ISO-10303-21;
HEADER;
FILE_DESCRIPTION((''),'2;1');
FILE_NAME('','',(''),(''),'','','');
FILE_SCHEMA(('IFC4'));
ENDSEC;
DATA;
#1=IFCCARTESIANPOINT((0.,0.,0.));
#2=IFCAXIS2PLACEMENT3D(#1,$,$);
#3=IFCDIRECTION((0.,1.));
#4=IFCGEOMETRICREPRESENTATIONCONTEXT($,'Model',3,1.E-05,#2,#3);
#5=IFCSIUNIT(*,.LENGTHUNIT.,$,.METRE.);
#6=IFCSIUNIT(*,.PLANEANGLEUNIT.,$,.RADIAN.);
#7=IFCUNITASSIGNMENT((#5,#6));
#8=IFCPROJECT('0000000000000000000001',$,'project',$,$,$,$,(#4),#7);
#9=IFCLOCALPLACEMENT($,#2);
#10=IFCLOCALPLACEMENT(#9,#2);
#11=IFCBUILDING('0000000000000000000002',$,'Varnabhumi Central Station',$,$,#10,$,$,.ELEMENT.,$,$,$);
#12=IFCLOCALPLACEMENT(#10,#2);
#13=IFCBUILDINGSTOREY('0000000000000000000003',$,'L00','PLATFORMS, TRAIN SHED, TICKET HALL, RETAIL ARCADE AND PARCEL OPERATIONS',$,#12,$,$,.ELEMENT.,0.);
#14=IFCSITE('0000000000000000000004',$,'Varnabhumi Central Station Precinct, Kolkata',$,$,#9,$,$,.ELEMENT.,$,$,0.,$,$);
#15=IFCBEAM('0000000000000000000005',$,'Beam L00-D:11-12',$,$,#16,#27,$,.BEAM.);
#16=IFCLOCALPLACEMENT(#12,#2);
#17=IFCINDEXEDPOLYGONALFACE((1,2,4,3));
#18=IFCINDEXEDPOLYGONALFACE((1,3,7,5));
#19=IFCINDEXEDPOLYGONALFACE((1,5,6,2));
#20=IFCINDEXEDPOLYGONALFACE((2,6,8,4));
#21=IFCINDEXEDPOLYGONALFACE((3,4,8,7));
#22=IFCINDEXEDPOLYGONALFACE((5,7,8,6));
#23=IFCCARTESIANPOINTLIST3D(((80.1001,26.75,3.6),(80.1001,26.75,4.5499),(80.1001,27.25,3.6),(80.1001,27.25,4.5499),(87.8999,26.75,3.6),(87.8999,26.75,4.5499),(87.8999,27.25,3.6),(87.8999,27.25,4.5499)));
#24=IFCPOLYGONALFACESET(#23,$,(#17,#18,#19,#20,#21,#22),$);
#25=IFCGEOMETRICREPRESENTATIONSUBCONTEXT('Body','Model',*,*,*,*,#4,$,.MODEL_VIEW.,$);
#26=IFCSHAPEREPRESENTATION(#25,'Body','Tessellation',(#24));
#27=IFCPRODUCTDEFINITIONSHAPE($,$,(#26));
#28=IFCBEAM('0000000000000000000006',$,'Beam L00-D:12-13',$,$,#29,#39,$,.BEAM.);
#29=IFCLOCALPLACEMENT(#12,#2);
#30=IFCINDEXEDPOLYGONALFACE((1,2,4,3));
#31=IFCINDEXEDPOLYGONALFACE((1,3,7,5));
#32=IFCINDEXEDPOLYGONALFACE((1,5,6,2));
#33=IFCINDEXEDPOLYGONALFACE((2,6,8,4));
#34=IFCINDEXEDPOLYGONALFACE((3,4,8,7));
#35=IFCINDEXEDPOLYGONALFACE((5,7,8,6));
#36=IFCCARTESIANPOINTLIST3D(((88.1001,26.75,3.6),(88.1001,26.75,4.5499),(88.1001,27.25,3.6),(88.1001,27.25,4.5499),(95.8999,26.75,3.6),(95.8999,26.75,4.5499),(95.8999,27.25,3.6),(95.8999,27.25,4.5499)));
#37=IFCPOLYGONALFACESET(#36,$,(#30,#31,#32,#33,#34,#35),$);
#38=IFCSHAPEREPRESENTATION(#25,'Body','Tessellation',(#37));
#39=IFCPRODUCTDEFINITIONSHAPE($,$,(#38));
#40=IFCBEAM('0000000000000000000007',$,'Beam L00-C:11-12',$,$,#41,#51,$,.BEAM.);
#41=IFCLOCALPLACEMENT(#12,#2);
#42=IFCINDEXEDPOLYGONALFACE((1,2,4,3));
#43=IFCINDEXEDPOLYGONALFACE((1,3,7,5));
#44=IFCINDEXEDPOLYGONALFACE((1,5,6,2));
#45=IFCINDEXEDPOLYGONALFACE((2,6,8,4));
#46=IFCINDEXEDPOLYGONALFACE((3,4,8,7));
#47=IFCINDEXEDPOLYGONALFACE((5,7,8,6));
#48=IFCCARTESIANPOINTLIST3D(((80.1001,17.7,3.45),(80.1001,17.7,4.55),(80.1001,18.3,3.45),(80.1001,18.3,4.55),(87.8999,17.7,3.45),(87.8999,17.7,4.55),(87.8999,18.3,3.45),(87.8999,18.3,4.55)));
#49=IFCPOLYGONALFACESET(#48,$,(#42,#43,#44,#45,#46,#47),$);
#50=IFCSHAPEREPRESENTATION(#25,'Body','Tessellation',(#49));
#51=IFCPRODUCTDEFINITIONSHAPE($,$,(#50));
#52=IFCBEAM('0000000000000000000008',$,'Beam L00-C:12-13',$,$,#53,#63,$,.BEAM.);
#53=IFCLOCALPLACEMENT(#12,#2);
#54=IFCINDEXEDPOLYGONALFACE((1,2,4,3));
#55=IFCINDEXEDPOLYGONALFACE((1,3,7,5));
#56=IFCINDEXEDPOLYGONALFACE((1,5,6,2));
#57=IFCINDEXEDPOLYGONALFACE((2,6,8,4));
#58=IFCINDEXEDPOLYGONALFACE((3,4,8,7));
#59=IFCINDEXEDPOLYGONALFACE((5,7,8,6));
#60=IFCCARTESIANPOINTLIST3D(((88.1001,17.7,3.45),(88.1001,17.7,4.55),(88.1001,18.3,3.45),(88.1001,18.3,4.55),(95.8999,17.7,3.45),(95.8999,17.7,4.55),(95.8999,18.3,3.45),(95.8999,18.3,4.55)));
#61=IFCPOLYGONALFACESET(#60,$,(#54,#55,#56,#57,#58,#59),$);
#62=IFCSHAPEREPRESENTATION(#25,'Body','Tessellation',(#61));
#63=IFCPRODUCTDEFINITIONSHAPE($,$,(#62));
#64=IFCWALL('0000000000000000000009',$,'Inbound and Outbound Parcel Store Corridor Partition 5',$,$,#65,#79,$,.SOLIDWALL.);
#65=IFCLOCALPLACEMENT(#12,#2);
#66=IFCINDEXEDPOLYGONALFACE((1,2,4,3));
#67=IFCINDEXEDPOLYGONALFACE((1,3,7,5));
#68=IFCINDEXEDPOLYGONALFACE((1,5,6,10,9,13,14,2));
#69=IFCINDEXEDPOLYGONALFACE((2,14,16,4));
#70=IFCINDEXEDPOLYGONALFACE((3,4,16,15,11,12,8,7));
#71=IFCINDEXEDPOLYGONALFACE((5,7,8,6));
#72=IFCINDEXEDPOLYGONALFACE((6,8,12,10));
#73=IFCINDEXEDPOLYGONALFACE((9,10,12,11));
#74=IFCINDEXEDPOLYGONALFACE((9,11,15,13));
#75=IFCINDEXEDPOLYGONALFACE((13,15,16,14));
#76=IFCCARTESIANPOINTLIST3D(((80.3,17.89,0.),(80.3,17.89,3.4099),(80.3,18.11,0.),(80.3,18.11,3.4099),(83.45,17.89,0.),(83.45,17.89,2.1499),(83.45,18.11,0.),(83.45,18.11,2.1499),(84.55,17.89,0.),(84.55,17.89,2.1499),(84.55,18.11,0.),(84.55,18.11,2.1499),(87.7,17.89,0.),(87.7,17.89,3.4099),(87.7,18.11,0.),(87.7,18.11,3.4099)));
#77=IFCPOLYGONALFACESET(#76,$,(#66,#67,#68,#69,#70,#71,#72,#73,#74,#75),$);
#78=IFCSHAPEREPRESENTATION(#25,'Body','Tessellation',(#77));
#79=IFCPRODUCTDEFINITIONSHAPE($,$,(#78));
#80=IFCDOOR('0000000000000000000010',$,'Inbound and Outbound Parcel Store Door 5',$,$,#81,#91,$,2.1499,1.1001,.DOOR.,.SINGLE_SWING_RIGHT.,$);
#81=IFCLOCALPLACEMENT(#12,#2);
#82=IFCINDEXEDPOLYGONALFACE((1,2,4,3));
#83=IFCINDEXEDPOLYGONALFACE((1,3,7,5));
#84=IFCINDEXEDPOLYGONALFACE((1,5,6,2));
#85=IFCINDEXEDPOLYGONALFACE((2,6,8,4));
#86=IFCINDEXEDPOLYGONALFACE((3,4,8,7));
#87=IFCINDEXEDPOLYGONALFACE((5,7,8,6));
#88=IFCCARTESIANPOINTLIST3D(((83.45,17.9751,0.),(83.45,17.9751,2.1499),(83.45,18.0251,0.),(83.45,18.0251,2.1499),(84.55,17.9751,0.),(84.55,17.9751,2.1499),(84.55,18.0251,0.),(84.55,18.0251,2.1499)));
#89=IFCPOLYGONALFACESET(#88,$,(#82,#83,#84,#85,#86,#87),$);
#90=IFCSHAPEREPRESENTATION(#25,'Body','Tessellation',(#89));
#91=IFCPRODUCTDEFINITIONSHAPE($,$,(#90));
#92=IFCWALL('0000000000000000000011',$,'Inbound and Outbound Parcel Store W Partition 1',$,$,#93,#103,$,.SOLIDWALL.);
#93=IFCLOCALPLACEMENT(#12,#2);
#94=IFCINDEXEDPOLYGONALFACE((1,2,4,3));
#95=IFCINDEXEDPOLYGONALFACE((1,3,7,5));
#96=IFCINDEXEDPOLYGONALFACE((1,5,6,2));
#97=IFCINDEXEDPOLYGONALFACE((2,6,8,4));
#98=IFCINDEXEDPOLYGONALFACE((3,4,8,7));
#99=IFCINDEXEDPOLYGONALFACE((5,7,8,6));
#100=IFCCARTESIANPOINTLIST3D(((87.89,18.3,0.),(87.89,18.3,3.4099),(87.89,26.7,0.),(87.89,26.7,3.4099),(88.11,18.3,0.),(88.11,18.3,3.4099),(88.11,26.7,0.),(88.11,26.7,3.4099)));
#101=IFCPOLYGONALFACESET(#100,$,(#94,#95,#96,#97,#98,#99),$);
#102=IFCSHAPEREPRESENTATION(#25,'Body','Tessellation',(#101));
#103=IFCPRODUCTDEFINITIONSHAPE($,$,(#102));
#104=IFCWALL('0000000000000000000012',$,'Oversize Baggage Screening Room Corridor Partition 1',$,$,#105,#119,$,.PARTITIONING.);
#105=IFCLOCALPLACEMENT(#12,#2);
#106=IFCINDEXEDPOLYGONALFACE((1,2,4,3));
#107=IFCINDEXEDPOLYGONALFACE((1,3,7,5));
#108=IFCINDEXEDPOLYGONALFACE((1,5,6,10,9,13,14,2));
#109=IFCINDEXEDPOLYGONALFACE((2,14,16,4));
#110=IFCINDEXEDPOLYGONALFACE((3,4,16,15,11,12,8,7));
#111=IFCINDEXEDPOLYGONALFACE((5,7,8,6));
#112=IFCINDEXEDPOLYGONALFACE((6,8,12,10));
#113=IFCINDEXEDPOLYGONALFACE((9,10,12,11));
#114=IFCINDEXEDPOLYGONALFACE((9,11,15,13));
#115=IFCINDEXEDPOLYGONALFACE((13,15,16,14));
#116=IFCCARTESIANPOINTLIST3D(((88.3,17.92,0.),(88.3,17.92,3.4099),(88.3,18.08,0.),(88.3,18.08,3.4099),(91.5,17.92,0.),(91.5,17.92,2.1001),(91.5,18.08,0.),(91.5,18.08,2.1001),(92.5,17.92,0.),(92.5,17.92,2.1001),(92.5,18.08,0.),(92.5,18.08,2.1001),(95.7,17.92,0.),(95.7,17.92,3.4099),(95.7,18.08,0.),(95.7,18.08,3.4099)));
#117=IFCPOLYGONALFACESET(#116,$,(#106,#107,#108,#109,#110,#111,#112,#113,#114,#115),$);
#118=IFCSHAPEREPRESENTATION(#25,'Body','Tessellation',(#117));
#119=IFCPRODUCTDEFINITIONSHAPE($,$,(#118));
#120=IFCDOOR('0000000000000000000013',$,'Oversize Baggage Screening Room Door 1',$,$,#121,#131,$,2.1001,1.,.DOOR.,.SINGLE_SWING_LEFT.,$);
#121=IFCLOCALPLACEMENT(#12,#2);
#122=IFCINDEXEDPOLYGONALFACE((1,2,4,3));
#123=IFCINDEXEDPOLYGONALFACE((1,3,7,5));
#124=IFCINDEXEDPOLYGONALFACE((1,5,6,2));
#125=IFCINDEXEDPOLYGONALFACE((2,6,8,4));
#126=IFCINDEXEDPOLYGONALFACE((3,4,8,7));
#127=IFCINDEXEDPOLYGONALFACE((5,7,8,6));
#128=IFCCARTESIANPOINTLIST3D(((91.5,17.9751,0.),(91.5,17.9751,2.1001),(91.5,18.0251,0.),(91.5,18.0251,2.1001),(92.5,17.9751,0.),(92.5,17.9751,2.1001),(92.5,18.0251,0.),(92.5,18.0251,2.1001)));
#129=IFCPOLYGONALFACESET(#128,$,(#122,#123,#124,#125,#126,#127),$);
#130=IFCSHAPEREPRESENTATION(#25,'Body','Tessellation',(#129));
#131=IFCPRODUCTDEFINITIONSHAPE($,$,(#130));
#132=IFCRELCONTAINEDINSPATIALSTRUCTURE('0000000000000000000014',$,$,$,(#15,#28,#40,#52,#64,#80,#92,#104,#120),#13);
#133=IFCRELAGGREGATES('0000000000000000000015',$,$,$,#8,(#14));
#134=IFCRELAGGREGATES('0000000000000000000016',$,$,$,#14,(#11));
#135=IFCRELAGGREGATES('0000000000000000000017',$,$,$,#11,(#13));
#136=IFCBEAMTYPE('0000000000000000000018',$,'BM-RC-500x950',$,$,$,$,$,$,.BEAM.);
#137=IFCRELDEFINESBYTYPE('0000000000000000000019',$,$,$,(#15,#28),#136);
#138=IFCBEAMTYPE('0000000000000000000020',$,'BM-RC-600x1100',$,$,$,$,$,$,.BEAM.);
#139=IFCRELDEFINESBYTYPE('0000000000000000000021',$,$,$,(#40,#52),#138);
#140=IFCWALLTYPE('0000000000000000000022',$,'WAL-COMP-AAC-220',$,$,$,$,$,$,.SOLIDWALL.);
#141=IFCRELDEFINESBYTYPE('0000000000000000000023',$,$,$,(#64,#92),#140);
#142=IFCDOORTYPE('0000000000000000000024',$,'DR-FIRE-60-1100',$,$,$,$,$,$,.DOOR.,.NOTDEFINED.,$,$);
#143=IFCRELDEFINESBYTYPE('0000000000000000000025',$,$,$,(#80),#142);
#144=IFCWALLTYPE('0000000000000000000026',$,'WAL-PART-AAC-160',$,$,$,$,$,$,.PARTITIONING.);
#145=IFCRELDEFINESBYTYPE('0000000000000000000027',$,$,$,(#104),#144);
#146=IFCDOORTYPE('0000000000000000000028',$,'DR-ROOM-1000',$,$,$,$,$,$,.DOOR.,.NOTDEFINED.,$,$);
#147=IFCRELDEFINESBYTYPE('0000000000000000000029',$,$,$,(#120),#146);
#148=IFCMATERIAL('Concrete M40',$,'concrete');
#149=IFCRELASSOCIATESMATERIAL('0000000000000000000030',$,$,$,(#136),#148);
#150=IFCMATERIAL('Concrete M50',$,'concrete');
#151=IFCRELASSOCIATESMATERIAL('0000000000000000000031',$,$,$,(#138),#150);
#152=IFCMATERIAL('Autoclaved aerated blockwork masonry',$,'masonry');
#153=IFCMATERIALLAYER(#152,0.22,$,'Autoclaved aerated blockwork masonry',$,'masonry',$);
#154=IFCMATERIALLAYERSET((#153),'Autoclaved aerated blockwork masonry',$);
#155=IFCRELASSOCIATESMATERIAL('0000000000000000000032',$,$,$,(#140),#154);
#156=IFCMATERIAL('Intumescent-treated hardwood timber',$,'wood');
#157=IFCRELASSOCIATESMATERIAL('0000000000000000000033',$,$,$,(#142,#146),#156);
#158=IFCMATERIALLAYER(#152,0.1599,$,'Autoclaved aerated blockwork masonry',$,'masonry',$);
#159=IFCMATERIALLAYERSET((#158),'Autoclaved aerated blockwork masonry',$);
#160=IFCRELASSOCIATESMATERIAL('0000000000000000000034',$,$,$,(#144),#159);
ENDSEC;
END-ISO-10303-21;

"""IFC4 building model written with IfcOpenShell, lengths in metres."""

from ifc_helpers import new_model, si_unit, direction, frame, frame_2d, origin, origin_2d, place, context, subcontext, project, spatial, rectangle, extrude, material, layer, layer_set, material_profile, profile_set, type_object, element, fill, save


model = new_model("IFC4")

# Units and contexts
model_context = context("Model", 3, precision=1e-05, world=origin(), true_north=direction((0.0, 1.0)))
body_context = subcontext(model_context, "Body", "Model", "MODEL_VIEW")
ifc_project = project(units=[si_unit("LENGTHUNIT", "METRE"), si_unit("PLANEANGLEUNIT", "RADIAN")], contexts=[model_context])

# Site, building, storey
site_placement = place(None, origin())
site = spatial("IfcSite", under=ifc_project, at=site_placement, Name="Varnabhumi Central Station Precinct, Kolkata", CompositionType="ELEMENT", RefElevation=0.0)
building_placement = place(site_placement, origin())
building = spatial("IfcBuilding", under=site, at=building_placement, Name="Varnabhumi Central Station", CompositionType="ELEMENT")
storey_placement = place(building_placement, origin())
storey = spatial("IfcBuildingStorey", under=building, at=storey_placement, Name="L00", Description="PLATFORMS, TRAIN SHED, TICKET HALL, RETAIL ARCADE AND PARCEL OPERATIONS", CompositionType="ELEMENT", Elevation=0.0)

# Shared definitions
ifc_material_1 = material(Name="Concrete M40", Category="concrete")

# Beams
ifc_material_profile_1 = material_profile(ifc_material_1, rectangle(XDim=0.5, YDim=0.95, at=origin_2d()), Name="Concrete M40", Category="concrete")
ifc_profile_set_1 = profile_set([ifc_material_profile_1], Name="Concrete M40")
beam_type_1 = type_object("IfcBeamType", Name="BM-RC-500x950", PredefinedType="BEAM", material=ifc_profile_set_1)
for number, where, z_axis, x_axis, name in (
    (1, (80.1001, 27.0, 4.075), (1.0, 0.0, 0.0), (0.0, 1.0, 0.0), "Beam L00-D:11-12"),
    (2, (88.1001, 27.0, 4.075), (1.0, 0.0, 0.0), (0.0, 1.0, 0.0), "Beam L00-D:12-13"),
):
    element("IfcBeam", number, at=place(storey_placement, frame(where, z_axis=z_axis, x_axis=x_axis)), inside=storey, type_object=beam_type_1, Name=name, PredefinedType="BEAM", context=body_context, shape_type="SweptSolid", body=[
        extrude(rectangle(XDim=0.5, YDim=0.95, at=origin_2d()), origin(), (0.0, 0.0, 1.0), 7.7998),
    ])
ifc_material_2 = material(Name="Concrete M50", Category="concrete")
ifc_material_profile_2 = material_profile(ifc_material_2, rectangle(XDim=0.6001, YDim=1.1001, at=origin_2d()), Name="Concrete M50", Category="concrete")
ifc_profile_set_2 = profile_set([ifc_material_profile_2], Name="Concrete M50")
beam_type_2 = type_object("IfcBeamType", Name="BM-RC-600x1100", PredefinedType="BEAM", material=ifc_profile_set_2)
for number, where, z_axis, x_axis, name in (
    (3, (80.1001, 18.0, 4.0), (1.0, 0.0, 0.0), (0.0, 1.0, 0.0), "Beam L00-C:11-12"),
    (4, (88.1001, 18.0, 4.0), (1.0, 0.0, 0.0), (0.0, 1.0, 0.0), "Beam L00-C:12-13"),
):
    element("IfcBeam", number, at=place(storey_placement, frame(where, z_axis=z_axis, x_axis=x_axis)), inside=storey, type_object=beam_type_2, Name=name, PredefinedType="BEAM", context=body_context, shape_type="SweptSolid", body=[
        extrude(rectangle(XDim=0.6001, YDim=1.1001, at=origin_2d()), origin(), (0.0, 0.0, 1.0), 7.7998),
    ])

# Wall, opening, door
ifc_material_3 = material(Name="Autoclaved aerated blockwork masonry", Category="masonry")
ifc_layer_1 = layer(ifc_material_3, 0.22, Name="Autoclaved aerated blockwork masonry", Category="masonry")
ifc_layer_set_1 = layer_set([ifc_layer_1], Name="Autoclaved aerated blockwork masonry")
wall_type_1 = type_object("IfcWallType", Name="WAL-COMP-AAC-220", PredefinedType="SOLIDWALL", material=ifc_layer_set_1)
wall_1_placement = place(storey_placement, frame((80.3, 18.0, 0.0), z_axis=(0.0, 0.0, 1.0), x_axis=(1.0, 0.0, 0.0)))
wall_1 = element("IfcWall", 5, at=wall_1_placement, inside=storey, type_object=wall_type_1, Name="Inbound and Outbound Parcel Store Corridor Partition 5", PredefinedType="SOLIDWALL", context=body_context, shape_type="SweptSolid", body=[
    extrude(rectangle(XDim=7.3999, YDim=0.22, at=frame_2d((3.7, 0.0))), origin(), (0.0, 0.0, 1.0), 3.4099),
])
opening_1_placement = place(wall_1_placement, frame((3.1499, 0.0, 0.0)))
opening_1 = element("IfcOpeningElement", 6, at=opening_1_placement, cuts=wall_1, PredefinedType="OPENING", context=body_context, shape_type="SweptSolid", body=[
    extrude(rectangle(XDim=1.1001, YDim=2.1499, at=frame_2d((0.55, 1.075))), frame((0.0, 0.1199, 0.0), z_axis=(0.0, -1.0, 0.0), x_axis=(1.0, 0.0, 0.0)), (0.0, 0.0, 1.0), 0.24),
])
ifc_material_4 = material(Name="Intumescent-treated hardwood timber", Category="wood")
door_type_1 = type_object("IfcDoorType", Name="DR-FIRE-60-1100", OperationType="NOTDEFINED", PredefinedType="DOOR", material=ifc_material_4)
door_1_placement = place(opening_1_placement, frame((1.1001, 0.0, 0.0), z_axis=(0.0, 0.0, 1.0), x_axis=(-1.0, 0.0, 0.0)))
door_1 = element("IfcDoor", 7, at=door_1_placement, inside=storey, type_object=door_type_1, Name="Inbound and Outbound Parcel Store Door 5", OperationType="SINGLE_SWING_RIGHT", OverallHeight=2.1499, OverallWidth=1.1001, PredefinedType="DOOR", context=body_context, shape_type="SweptSolid", body=[
    extrude(rectangle(XDim=1.1001, YDim=2.1499, at=frame_2d((0.55, 1.075))), frame((0.0, 0.0249, 0.0), z_axis=(0.0, -1.0, 0.0), x_axis=(1.0, 0.0, 0.0)), (0.0, 0.0, 1.0), 0.05),
])
fill(opening_1, door_1)

# Wall
wall_2_placement = place(storey_placement, frame((88.0, 18.3, 0.0), z_axis=(0.0, 0.0, 1.0), x_axis=(0.0, 1.0, 0.0)))
element("IfcWall", 8, at=wall_2_placement, inside=storey, type_object=wall_type_1, Name="Inbound and Outbound Parcel Store W Partition 1", PredefinedType="SOLIDWALL", context=body_context, shape_type="SweptSolid", body=[
    extrude(rectangle(XDim=8.3999, YDim=0.22, at=frame_2d((4.2, 0.0))), origin(), (0.0, 0.0, 1.0), 3.4099),
])

# Wall, opening, door
ifc_layer_2 = layer(ifc_material_3, 0.1599, Name="Autoclaved aerated blockwork masonry", Category="masonry")
ifc_layer_set_2 = layer_set([ifc_layer_2], Name="Autoclaved aerated blockwork masonry")
wall_type_2 = type_object("IfcWallType", Name="WAL-PART-AAC-160", PredefinedType="PARTITIONING", material=ifc_layer_set_2)
wall_3_placement = place(storey_placement, frame((88.3, 18.0, 0.0), z_axis=(0.0, 0.0, 1.0), x_axis=(1.0, 0.0, 0.0)))
wall_3 = element("IfcWall", 9, at=wall_3_placement, inside=storey, type_object=wall_type_2, Name="Oversize Baggage Screening Room Corridor Partition 1", PredefinedType="PARTITIONING", context=body_context, shape_type="SweptSolid", body=[
    extrude(rectangle(XDim=7.3999, YDim=0.1599, at=frame_2d((3.7, 0.0))), origin(), (0.0, 0.0, 1.0), 3.4099),
])
opening_2_placement = place(wall_3_placement, frame((3.2, 0.0, 0.0)))
opening_2 = element("IfcOpeningElement", 10, at=opening_2_placement, cuts=wall_3, PredefinedType="OPENING", context=body_context, shape_type="SweptSolid", body=[
    extrude(rectangle(XDim=1.0, YDim=2.1001, at=frame_2d((0.5, 1.05))), frame((0.0, 0.0898, 0.0), z_axis=(0.0, -1.0, 0.0), x_axis=(1.0, 0.0, 0.0)), (0.0, 0.0, 1.0), 0.1799),
])
door_type_2 = type_object("IfcDoorType", Name="DR-ROOM-1000", OperationType="NOTDEFINED", PredefinedType="DOOR", material=ifc_material_4)
door_2_placement = place(opening_2_placement, frame((1.0, 0.0, 0.0), z_axis=(0.0, 0.0, 1.0), x_axis=(-1.0, 0.0, 0.0)))
door_2 = element("IfcDoor", 11, at=door_2_placement, inside=storey, type_object=door_type_2, Name="Oversize Baggage Screening Room Door 1", OperationType="SINGLE_SWING_LEFT", OverallHeight=2.1001, OverallWidth=1.0, PredefinedType="DOOR", context=body_context, shape_type="SweptSolid", body=[
    extrude(rectangle(XDim=1.0, YDim=2.1001, at=frame_2d((0.5, 1.05))), frame((0.0, 0.0249, 0.0), z_axis=(0.0, -1.0, 0.0), x_axis=(1.0, 0.0, 0.0)), (0.0, 0.0, 1.0), 0.05),
])
fill(opening_2, door_2)

save(model, "model.ifc")
